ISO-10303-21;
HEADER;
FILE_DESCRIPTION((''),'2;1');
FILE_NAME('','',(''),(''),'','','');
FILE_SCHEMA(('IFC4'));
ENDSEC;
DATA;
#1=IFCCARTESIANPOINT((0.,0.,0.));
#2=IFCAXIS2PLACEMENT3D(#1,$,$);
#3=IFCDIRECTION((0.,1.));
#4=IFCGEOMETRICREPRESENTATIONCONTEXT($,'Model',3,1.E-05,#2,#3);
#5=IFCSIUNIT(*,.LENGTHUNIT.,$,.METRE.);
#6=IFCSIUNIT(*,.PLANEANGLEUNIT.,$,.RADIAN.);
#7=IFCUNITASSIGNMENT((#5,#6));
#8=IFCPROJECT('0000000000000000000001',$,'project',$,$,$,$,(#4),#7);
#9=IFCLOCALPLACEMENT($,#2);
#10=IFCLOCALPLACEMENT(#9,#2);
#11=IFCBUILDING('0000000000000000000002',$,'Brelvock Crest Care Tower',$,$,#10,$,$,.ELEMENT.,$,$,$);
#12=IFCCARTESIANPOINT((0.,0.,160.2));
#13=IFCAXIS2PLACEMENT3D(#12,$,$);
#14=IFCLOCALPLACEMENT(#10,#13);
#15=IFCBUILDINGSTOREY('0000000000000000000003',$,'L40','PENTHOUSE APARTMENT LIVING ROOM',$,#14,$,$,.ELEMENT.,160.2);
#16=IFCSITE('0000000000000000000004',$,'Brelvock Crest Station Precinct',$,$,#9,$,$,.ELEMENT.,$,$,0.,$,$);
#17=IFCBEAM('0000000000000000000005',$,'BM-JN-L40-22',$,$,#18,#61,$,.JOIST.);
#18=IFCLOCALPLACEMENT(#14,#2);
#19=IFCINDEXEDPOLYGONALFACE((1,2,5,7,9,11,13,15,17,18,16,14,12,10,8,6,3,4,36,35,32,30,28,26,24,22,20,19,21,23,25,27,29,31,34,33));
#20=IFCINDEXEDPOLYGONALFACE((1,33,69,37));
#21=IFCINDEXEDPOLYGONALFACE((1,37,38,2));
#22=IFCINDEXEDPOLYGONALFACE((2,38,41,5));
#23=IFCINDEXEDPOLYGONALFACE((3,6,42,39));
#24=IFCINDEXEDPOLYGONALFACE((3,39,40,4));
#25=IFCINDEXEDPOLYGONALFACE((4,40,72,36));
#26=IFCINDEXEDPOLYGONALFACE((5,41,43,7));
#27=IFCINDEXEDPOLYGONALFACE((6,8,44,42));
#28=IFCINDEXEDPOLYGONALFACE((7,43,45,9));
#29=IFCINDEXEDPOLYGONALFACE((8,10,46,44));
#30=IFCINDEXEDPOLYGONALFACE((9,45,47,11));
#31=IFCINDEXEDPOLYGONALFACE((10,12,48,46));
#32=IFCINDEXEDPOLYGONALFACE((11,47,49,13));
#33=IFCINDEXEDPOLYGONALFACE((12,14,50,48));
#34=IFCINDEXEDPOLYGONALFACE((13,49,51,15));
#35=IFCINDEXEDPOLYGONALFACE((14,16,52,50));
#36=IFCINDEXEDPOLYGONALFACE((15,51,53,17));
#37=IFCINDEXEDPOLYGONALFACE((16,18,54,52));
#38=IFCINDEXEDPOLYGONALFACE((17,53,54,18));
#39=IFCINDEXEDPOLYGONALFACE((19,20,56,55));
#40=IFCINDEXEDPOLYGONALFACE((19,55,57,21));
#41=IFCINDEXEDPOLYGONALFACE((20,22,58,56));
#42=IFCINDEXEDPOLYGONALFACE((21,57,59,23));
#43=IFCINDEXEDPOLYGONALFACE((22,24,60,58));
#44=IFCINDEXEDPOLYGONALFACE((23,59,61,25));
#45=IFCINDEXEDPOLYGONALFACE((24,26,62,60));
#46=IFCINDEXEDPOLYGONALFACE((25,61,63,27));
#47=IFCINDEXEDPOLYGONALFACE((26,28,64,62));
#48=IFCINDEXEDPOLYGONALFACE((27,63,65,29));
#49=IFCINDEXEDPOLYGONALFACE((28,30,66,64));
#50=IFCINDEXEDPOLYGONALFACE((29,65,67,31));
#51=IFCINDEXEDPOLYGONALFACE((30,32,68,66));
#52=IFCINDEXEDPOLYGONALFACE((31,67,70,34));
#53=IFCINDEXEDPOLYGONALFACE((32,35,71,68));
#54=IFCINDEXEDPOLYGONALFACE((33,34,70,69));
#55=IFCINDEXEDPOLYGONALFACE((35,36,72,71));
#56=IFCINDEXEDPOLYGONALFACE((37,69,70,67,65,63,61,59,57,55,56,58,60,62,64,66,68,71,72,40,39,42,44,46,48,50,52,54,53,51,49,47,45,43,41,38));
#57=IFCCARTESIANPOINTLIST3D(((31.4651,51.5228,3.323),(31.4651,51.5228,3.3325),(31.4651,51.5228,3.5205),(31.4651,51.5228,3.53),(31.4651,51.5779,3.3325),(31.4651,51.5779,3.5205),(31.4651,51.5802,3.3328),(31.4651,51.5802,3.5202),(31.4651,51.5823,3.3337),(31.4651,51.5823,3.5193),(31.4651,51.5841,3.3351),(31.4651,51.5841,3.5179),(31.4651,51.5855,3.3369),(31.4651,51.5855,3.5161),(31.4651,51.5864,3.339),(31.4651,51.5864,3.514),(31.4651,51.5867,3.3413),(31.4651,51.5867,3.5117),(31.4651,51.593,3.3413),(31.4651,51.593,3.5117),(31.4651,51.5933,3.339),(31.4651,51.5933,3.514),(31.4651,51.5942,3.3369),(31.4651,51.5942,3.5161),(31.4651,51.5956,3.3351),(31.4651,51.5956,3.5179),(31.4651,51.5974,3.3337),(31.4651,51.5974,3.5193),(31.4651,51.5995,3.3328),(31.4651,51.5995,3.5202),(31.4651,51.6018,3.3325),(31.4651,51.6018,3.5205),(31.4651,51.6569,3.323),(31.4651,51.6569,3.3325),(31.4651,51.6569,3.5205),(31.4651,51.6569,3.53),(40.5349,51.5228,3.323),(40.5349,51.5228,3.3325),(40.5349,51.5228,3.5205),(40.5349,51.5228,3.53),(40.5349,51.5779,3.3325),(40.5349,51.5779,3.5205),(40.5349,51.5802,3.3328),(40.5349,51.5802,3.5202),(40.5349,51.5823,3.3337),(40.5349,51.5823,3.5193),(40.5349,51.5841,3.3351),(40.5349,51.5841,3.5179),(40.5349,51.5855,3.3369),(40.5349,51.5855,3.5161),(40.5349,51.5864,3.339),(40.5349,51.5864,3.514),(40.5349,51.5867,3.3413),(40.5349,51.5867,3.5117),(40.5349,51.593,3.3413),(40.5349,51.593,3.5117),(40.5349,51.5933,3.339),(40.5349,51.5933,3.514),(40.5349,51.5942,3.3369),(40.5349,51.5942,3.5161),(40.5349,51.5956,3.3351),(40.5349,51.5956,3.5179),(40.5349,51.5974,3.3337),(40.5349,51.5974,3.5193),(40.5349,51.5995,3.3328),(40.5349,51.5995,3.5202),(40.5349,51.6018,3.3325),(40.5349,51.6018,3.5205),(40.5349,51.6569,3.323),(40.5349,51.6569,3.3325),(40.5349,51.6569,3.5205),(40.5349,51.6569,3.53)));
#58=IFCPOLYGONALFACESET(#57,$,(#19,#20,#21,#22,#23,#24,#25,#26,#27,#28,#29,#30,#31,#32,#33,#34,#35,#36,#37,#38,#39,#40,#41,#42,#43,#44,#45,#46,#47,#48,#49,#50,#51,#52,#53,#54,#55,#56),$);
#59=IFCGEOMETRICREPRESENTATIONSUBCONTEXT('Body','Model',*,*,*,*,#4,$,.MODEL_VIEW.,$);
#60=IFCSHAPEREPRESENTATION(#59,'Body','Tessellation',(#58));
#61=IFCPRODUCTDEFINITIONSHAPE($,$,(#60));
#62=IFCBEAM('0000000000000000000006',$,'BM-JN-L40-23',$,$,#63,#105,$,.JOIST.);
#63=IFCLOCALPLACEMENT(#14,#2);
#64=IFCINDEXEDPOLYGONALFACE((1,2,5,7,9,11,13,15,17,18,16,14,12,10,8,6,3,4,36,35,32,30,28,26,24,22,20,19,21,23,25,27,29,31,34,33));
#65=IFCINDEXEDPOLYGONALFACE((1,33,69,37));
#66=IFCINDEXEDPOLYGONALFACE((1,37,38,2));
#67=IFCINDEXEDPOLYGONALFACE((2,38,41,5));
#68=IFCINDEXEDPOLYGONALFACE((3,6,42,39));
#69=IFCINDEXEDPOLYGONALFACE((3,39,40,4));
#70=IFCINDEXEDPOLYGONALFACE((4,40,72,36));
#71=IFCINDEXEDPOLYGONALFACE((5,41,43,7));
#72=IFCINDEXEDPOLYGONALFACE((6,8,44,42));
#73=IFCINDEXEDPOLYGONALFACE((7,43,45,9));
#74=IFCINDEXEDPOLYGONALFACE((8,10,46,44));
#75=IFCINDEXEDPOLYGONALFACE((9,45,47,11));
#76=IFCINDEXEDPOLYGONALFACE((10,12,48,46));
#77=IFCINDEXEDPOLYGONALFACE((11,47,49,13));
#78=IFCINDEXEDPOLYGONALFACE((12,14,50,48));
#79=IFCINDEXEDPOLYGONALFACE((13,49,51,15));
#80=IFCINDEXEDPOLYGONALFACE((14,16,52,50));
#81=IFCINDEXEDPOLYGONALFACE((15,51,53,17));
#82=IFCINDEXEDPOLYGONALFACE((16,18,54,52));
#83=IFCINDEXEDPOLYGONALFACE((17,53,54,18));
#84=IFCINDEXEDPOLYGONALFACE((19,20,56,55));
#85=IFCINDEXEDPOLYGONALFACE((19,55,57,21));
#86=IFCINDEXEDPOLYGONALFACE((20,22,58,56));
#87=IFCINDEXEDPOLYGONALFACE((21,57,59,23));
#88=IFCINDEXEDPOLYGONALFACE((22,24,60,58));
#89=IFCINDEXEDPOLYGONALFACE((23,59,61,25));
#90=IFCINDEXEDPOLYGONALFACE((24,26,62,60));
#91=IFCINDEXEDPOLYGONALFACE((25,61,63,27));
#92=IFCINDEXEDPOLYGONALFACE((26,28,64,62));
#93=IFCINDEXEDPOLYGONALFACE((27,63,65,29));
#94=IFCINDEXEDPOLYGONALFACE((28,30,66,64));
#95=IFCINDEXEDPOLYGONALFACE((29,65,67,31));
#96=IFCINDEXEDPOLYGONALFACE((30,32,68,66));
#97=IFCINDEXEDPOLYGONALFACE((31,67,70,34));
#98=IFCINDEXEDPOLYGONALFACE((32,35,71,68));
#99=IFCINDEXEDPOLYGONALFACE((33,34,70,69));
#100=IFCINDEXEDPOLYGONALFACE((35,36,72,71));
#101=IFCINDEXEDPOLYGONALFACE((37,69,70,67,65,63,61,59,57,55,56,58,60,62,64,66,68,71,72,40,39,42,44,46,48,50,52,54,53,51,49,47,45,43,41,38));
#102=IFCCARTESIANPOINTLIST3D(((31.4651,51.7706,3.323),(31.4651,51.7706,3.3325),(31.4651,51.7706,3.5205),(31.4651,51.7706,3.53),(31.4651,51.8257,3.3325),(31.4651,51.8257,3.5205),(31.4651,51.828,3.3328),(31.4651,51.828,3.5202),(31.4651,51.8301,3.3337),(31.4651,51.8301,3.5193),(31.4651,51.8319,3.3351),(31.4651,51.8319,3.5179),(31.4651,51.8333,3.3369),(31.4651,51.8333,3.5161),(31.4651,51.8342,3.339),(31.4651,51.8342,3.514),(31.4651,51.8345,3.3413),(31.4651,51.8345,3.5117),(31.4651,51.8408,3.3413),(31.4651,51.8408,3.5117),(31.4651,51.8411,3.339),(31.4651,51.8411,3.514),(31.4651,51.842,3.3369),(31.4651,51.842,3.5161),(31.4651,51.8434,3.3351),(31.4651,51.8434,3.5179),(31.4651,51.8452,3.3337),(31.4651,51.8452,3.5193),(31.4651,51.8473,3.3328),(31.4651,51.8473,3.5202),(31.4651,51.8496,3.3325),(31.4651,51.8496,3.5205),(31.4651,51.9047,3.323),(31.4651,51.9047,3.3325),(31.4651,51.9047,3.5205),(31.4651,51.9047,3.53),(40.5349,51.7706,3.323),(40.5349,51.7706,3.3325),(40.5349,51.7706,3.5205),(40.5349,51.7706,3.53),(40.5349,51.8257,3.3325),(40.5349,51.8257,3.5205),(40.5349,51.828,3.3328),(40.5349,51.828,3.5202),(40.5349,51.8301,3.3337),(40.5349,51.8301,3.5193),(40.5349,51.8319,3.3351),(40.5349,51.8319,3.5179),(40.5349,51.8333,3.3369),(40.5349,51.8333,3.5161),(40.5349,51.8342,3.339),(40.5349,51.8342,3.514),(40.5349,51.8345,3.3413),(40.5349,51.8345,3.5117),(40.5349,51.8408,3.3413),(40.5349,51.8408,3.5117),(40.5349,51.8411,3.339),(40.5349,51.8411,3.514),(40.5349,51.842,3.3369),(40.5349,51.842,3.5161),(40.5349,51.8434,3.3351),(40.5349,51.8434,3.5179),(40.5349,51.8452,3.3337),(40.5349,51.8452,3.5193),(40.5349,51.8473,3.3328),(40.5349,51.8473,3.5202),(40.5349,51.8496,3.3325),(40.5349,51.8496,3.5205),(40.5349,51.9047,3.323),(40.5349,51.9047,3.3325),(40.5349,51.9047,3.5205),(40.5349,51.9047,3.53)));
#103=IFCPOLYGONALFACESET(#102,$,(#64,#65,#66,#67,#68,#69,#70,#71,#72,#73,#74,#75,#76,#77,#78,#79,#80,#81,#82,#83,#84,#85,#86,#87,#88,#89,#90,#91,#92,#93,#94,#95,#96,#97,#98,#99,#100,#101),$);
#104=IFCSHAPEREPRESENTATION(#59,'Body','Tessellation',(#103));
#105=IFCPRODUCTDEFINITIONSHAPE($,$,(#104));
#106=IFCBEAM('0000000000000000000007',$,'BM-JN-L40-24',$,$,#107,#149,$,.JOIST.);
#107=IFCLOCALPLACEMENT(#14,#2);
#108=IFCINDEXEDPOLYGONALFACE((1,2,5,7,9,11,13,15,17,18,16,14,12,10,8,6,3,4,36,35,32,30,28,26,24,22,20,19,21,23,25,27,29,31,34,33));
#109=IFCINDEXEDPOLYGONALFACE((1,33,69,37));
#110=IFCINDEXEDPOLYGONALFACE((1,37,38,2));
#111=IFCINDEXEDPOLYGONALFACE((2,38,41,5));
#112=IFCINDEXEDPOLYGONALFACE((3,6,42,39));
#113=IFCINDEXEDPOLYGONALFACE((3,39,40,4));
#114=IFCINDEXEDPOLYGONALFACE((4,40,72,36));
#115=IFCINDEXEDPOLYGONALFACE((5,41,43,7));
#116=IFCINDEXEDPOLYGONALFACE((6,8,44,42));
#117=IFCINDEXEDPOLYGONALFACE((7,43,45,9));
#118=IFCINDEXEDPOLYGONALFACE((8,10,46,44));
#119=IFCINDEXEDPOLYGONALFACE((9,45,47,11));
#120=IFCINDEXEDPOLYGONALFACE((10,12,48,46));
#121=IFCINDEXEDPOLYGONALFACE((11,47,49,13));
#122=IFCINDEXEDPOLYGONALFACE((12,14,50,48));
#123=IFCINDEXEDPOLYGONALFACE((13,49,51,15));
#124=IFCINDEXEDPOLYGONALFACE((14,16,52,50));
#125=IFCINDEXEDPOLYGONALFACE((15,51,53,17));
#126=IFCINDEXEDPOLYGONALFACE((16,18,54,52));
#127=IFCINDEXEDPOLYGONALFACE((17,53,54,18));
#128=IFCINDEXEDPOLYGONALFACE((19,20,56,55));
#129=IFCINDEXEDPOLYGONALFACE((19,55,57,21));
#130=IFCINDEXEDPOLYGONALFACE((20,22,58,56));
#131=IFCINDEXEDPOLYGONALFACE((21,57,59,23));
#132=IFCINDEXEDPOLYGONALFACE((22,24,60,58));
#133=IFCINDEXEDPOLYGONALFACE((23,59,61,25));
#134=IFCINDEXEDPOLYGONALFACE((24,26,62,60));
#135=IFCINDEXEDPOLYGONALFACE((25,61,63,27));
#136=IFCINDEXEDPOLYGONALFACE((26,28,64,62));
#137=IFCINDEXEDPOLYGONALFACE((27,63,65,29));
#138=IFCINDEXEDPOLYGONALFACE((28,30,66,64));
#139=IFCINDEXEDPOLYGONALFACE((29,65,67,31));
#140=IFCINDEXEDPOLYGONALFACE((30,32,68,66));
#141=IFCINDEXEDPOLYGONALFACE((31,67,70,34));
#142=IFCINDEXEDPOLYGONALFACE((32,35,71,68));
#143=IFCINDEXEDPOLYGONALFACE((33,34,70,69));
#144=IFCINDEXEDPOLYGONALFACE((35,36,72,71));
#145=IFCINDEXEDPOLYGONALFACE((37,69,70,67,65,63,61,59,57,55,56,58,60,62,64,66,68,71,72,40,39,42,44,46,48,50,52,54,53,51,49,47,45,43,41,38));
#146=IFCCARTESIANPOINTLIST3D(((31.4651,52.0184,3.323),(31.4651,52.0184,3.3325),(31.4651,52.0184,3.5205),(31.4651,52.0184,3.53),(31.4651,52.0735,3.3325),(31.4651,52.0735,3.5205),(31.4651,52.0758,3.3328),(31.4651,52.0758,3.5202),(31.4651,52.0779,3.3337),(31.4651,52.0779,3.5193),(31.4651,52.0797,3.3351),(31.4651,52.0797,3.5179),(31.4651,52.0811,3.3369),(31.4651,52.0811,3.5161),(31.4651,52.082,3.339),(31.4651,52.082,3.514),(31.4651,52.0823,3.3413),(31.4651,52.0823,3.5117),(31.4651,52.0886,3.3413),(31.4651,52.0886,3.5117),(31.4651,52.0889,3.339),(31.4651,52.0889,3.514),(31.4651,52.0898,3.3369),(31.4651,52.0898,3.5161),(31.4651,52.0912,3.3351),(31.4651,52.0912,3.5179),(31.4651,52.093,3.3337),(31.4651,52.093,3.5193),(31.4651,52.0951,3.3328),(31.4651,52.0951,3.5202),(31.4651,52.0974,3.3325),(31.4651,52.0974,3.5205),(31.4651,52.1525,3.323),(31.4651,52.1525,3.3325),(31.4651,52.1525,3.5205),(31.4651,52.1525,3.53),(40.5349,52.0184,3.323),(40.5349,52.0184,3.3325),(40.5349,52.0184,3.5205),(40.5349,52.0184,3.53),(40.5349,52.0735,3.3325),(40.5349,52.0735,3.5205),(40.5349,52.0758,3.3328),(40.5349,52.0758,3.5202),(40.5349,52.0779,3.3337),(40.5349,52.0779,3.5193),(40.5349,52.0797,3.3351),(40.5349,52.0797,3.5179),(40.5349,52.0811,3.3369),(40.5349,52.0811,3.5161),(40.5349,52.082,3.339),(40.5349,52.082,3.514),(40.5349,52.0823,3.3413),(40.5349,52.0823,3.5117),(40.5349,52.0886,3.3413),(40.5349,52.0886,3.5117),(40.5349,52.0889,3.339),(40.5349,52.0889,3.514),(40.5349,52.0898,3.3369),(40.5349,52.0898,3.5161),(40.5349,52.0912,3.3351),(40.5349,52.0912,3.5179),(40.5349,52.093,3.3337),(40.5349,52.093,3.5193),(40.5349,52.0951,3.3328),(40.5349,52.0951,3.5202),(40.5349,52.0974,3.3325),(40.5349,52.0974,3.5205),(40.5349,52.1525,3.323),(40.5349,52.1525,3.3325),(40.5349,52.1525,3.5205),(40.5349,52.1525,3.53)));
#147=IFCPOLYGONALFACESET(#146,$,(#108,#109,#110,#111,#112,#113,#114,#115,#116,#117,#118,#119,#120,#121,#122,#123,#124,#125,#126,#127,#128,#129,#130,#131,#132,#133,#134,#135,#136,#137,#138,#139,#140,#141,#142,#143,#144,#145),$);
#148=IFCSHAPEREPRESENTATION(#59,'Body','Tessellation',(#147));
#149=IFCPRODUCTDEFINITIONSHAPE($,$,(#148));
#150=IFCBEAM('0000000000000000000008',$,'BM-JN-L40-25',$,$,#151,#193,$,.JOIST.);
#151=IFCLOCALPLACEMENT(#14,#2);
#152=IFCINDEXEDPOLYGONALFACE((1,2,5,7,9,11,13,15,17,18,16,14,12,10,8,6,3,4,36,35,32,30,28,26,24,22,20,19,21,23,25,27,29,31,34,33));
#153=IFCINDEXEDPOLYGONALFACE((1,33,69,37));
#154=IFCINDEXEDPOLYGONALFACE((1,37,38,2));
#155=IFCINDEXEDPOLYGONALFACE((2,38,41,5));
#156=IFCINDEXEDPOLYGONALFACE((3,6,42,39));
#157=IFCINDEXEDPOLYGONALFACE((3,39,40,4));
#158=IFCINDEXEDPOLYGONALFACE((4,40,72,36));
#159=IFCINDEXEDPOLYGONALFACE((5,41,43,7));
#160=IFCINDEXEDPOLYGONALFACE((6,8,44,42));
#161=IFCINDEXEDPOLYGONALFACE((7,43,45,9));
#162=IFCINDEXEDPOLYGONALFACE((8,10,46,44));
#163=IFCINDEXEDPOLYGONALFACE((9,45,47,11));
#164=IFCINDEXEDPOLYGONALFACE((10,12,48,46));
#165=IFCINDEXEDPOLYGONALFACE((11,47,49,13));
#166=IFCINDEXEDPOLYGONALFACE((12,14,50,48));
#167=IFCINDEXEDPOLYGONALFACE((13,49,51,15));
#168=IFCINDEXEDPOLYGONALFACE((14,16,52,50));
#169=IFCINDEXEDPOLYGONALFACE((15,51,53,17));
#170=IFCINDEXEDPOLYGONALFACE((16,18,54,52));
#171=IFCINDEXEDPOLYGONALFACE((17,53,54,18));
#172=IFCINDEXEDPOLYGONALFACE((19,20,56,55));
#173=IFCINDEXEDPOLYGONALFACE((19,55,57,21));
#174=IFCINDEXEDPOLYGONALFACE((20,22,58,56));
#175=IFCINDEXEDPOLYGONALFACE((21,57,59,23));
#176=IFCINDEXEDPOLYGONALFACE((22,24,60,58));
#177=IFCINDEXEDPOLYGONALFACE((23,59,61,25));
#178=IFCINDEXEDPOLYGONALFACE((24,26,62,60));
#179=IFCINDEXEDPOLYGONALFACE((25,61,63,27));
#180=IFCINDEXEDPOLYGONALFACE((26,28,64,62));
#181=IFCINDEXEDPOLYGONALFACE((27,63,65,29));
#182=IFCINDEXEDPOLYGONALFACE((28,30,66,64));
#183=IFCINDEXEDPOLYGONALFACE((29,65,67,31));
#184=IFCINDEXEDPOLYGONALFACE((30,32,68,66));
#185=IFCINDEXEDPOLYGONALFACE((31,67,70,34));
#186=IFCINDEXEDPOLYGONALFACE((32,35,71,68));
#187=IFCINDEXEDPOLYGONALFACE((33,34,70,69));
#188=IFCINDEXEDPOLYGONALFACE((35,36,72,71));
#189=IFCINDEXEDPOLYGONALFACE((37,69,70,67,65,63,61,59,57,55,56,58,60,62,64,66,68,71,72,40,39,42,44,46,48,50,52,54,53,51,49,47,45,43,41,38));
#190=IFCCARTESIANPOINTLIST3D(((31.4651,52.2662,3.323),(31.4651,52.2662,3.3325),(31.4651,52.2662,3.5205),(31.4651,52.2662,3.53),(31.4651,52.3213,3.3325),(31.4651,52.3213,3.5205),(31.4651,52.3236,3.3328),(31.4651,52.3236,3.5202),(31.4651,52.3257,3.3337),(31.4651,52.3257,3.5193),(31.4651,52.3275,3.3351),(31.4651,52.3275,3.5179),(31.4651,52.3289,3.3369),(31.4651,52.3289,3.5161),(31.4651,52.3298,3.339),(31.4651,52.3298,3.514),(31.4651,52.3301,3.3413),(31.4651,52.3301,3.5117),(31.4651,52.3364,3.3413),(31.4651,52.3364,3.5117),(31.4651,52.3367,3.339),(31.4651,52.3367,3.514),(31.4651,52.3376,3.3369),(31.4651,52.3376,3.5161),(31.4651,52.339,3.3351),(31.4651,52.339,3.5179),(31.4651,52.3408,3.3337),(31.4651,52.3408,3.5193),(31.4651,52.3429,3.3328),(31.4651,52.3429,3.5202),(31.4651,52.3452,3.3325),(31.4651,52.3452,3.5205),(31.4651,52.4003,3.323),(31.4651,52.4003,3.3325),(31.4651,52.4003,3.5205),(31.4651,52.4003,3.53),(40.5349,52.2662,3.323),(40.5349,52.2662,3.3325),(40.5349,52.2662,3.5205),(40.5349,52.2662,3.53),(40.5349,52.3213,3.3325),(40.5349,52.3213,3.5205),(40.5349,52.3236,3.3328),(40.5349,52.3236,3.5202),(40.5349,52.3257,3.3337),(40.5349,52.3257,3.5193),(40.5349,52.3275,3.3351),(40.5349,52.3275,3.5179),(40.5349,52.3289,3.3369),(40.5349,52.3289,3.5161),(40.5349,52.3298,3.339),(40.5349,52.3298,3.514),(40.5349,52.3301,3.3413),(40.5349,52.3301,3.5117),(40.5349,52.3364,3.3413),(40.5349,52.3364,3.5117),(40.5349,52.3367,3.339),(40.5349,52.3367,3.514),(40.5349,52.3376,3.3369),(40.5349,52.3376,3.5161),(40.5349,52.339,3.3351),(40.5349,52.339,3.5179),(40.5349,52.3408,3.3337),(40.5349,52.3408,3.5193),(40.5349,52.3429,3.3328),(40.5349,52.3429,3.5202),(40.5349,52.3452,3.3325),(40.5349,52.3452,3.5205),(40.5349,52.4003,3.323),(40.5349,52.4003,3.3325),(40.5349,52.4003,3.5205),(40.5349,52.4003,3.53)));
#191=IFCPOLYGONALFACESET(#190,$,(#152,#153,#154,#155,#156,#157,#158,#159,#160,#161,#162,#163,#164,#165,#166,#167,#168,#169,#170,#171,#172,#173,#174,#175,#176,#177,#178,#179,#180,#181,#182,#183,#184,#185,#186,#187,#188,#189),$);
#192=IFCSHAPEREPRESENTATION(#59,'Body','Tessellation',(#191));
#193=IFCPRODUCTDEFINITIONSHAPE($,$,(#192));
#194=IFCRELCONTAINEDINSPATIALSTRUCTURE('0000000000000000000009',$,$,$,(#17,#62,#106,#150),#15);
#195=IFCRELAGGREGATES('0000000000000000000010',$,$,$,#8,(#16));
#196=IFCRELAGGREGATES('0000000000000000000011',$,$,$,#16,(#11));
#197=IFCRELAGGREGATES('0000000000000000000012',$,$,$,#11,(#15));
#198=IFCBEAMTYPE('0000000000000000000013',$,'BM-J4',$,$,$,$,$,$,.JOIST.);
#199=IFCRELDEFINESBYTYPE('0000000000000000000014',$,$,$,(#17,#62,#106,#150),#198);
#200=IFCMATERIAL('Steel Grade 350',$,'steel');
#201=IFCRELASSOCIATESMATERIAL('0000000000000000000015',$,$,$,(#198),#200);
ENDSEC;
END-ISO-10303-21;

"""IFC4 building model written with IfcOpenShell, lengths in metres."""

from ifc_helpers import new_model, si_unit, direction, frame, origin, origin_2d, place, context, subcontext, project, spatial, i_section, extrude, source, transform, mapped, material, material_profile, profile_set, type_object, element, save


model = new_model("IFC4")

# Units and contexts
model_context = context("Model", 3, precision=1e-05, world=origin(), true_north=direction((0.0, 1.0)))
body_context = subcontext(model_context, "Body", "Model", "MODEL_VIEW")
ifc_project = project(units=[si_unit("LENGTHUNIT", "METRE"), si_unit("PLANEANGLEUNIT", "RADIAN")], contexts=[model_context])

# Site, building, storey
site_placement = place(None, origin())
site = spatial("IfcSite", under=ifc_project, at=site_placement, Name="Brelvock Crest Station Precinct", CompositionType="ELEMENT", RefElevation=0.0)
building_placement = place(site_placement, origin())
building = spatial("IfcBuilding", under=site, at=building_placement, Name="Brelvock Crest Care Tower", CompositionType="ELEMENT")
storey_placement = place(building_placement, frame((0.0, 0.0, 160.2)))
storey = spatial("IfcBuildingStorey", under=building, at=storey_placement, Name="L40", Description="PENTHOUSE APARTMENT LIVING ROOM", CompositionType="ELEMENT", Elevation=160.2)

# Shared definitions
ifc_material_1 = material(Name="Steel Grade 350", Category="steel")

# Beams
ifc_material_profile_1 = material_profile(ifc_material_1, i_section(OverallWidth=0.134, OverallDepth=0.207, WebThickness=0.0063, FlangeThickness=0.0095, FilletRadius=0.0088, at=origin_2d()), Name="200UB29.8")
ifc_profile_set_1 = profile_set([ifc_material_profile_1], Name="Steel Grade 350")
beam_type_1 = type_object("IfcBeamType", Name="BM-J4", PredefinedType="JOIST", material=ifc_profile_set_1)
shared_shape_1 = source(origin(), body_context, "Body", "SweptSolid", [
    extrude(i_section(OverallWidth=0.134, OverallDepth=0.207, WebThickness=0.0063, FlangeThickness=0.0095, FilletRadius=0.0088, at=origin_2d()), origin(), (0.0, 0.0, 1.0), 9.0698),
])
for number, where, z_axis, x_axis, name in (
    (1, (31.4651, 51.5898, 3.4265), (1.0, 0.0, 0.0), (0.0, 1.0, 0.0), "BM-JN-L40-22"),
    (2, (31.4651, 51.8376, 3.4265), (1.0, 0.0, 0.0), (0.0, 1.0, 0.0), "BM-JN-L40-23"),
    (3, (31.4651, 52.0854, 3.4265), (1.0, 0.0, 0.0), (0.0, 1.0, 0.0), "BM-JN-L40-24"),
    (4, (31.4651, 52.3333, 3.4265), (1.0, 0.0, 0.0), (0.0, 1.0, 0.0), "BM-JN-L40-25"),
):
    element("IfcBeam", number, at=place(storey_placement, frame(where, z_axis=z_axis, x_axis=x_axis)), inside=storey, type_object=beam_type_1, Name=name, PredefinedType="JOIST", context=body_context, shape_type="MappedRepresentation", body=[
        mapped(shared_shape_1, transform((0.0, 0.0, 0.0), x_axis=(1.0, 0.0, 0.0), y_axis=(0.0, 1.0, 0.0), z_axis=(0.0, 0.0, 1.0), scale=1.0)),
    ])

save(model, "model.ifc")
